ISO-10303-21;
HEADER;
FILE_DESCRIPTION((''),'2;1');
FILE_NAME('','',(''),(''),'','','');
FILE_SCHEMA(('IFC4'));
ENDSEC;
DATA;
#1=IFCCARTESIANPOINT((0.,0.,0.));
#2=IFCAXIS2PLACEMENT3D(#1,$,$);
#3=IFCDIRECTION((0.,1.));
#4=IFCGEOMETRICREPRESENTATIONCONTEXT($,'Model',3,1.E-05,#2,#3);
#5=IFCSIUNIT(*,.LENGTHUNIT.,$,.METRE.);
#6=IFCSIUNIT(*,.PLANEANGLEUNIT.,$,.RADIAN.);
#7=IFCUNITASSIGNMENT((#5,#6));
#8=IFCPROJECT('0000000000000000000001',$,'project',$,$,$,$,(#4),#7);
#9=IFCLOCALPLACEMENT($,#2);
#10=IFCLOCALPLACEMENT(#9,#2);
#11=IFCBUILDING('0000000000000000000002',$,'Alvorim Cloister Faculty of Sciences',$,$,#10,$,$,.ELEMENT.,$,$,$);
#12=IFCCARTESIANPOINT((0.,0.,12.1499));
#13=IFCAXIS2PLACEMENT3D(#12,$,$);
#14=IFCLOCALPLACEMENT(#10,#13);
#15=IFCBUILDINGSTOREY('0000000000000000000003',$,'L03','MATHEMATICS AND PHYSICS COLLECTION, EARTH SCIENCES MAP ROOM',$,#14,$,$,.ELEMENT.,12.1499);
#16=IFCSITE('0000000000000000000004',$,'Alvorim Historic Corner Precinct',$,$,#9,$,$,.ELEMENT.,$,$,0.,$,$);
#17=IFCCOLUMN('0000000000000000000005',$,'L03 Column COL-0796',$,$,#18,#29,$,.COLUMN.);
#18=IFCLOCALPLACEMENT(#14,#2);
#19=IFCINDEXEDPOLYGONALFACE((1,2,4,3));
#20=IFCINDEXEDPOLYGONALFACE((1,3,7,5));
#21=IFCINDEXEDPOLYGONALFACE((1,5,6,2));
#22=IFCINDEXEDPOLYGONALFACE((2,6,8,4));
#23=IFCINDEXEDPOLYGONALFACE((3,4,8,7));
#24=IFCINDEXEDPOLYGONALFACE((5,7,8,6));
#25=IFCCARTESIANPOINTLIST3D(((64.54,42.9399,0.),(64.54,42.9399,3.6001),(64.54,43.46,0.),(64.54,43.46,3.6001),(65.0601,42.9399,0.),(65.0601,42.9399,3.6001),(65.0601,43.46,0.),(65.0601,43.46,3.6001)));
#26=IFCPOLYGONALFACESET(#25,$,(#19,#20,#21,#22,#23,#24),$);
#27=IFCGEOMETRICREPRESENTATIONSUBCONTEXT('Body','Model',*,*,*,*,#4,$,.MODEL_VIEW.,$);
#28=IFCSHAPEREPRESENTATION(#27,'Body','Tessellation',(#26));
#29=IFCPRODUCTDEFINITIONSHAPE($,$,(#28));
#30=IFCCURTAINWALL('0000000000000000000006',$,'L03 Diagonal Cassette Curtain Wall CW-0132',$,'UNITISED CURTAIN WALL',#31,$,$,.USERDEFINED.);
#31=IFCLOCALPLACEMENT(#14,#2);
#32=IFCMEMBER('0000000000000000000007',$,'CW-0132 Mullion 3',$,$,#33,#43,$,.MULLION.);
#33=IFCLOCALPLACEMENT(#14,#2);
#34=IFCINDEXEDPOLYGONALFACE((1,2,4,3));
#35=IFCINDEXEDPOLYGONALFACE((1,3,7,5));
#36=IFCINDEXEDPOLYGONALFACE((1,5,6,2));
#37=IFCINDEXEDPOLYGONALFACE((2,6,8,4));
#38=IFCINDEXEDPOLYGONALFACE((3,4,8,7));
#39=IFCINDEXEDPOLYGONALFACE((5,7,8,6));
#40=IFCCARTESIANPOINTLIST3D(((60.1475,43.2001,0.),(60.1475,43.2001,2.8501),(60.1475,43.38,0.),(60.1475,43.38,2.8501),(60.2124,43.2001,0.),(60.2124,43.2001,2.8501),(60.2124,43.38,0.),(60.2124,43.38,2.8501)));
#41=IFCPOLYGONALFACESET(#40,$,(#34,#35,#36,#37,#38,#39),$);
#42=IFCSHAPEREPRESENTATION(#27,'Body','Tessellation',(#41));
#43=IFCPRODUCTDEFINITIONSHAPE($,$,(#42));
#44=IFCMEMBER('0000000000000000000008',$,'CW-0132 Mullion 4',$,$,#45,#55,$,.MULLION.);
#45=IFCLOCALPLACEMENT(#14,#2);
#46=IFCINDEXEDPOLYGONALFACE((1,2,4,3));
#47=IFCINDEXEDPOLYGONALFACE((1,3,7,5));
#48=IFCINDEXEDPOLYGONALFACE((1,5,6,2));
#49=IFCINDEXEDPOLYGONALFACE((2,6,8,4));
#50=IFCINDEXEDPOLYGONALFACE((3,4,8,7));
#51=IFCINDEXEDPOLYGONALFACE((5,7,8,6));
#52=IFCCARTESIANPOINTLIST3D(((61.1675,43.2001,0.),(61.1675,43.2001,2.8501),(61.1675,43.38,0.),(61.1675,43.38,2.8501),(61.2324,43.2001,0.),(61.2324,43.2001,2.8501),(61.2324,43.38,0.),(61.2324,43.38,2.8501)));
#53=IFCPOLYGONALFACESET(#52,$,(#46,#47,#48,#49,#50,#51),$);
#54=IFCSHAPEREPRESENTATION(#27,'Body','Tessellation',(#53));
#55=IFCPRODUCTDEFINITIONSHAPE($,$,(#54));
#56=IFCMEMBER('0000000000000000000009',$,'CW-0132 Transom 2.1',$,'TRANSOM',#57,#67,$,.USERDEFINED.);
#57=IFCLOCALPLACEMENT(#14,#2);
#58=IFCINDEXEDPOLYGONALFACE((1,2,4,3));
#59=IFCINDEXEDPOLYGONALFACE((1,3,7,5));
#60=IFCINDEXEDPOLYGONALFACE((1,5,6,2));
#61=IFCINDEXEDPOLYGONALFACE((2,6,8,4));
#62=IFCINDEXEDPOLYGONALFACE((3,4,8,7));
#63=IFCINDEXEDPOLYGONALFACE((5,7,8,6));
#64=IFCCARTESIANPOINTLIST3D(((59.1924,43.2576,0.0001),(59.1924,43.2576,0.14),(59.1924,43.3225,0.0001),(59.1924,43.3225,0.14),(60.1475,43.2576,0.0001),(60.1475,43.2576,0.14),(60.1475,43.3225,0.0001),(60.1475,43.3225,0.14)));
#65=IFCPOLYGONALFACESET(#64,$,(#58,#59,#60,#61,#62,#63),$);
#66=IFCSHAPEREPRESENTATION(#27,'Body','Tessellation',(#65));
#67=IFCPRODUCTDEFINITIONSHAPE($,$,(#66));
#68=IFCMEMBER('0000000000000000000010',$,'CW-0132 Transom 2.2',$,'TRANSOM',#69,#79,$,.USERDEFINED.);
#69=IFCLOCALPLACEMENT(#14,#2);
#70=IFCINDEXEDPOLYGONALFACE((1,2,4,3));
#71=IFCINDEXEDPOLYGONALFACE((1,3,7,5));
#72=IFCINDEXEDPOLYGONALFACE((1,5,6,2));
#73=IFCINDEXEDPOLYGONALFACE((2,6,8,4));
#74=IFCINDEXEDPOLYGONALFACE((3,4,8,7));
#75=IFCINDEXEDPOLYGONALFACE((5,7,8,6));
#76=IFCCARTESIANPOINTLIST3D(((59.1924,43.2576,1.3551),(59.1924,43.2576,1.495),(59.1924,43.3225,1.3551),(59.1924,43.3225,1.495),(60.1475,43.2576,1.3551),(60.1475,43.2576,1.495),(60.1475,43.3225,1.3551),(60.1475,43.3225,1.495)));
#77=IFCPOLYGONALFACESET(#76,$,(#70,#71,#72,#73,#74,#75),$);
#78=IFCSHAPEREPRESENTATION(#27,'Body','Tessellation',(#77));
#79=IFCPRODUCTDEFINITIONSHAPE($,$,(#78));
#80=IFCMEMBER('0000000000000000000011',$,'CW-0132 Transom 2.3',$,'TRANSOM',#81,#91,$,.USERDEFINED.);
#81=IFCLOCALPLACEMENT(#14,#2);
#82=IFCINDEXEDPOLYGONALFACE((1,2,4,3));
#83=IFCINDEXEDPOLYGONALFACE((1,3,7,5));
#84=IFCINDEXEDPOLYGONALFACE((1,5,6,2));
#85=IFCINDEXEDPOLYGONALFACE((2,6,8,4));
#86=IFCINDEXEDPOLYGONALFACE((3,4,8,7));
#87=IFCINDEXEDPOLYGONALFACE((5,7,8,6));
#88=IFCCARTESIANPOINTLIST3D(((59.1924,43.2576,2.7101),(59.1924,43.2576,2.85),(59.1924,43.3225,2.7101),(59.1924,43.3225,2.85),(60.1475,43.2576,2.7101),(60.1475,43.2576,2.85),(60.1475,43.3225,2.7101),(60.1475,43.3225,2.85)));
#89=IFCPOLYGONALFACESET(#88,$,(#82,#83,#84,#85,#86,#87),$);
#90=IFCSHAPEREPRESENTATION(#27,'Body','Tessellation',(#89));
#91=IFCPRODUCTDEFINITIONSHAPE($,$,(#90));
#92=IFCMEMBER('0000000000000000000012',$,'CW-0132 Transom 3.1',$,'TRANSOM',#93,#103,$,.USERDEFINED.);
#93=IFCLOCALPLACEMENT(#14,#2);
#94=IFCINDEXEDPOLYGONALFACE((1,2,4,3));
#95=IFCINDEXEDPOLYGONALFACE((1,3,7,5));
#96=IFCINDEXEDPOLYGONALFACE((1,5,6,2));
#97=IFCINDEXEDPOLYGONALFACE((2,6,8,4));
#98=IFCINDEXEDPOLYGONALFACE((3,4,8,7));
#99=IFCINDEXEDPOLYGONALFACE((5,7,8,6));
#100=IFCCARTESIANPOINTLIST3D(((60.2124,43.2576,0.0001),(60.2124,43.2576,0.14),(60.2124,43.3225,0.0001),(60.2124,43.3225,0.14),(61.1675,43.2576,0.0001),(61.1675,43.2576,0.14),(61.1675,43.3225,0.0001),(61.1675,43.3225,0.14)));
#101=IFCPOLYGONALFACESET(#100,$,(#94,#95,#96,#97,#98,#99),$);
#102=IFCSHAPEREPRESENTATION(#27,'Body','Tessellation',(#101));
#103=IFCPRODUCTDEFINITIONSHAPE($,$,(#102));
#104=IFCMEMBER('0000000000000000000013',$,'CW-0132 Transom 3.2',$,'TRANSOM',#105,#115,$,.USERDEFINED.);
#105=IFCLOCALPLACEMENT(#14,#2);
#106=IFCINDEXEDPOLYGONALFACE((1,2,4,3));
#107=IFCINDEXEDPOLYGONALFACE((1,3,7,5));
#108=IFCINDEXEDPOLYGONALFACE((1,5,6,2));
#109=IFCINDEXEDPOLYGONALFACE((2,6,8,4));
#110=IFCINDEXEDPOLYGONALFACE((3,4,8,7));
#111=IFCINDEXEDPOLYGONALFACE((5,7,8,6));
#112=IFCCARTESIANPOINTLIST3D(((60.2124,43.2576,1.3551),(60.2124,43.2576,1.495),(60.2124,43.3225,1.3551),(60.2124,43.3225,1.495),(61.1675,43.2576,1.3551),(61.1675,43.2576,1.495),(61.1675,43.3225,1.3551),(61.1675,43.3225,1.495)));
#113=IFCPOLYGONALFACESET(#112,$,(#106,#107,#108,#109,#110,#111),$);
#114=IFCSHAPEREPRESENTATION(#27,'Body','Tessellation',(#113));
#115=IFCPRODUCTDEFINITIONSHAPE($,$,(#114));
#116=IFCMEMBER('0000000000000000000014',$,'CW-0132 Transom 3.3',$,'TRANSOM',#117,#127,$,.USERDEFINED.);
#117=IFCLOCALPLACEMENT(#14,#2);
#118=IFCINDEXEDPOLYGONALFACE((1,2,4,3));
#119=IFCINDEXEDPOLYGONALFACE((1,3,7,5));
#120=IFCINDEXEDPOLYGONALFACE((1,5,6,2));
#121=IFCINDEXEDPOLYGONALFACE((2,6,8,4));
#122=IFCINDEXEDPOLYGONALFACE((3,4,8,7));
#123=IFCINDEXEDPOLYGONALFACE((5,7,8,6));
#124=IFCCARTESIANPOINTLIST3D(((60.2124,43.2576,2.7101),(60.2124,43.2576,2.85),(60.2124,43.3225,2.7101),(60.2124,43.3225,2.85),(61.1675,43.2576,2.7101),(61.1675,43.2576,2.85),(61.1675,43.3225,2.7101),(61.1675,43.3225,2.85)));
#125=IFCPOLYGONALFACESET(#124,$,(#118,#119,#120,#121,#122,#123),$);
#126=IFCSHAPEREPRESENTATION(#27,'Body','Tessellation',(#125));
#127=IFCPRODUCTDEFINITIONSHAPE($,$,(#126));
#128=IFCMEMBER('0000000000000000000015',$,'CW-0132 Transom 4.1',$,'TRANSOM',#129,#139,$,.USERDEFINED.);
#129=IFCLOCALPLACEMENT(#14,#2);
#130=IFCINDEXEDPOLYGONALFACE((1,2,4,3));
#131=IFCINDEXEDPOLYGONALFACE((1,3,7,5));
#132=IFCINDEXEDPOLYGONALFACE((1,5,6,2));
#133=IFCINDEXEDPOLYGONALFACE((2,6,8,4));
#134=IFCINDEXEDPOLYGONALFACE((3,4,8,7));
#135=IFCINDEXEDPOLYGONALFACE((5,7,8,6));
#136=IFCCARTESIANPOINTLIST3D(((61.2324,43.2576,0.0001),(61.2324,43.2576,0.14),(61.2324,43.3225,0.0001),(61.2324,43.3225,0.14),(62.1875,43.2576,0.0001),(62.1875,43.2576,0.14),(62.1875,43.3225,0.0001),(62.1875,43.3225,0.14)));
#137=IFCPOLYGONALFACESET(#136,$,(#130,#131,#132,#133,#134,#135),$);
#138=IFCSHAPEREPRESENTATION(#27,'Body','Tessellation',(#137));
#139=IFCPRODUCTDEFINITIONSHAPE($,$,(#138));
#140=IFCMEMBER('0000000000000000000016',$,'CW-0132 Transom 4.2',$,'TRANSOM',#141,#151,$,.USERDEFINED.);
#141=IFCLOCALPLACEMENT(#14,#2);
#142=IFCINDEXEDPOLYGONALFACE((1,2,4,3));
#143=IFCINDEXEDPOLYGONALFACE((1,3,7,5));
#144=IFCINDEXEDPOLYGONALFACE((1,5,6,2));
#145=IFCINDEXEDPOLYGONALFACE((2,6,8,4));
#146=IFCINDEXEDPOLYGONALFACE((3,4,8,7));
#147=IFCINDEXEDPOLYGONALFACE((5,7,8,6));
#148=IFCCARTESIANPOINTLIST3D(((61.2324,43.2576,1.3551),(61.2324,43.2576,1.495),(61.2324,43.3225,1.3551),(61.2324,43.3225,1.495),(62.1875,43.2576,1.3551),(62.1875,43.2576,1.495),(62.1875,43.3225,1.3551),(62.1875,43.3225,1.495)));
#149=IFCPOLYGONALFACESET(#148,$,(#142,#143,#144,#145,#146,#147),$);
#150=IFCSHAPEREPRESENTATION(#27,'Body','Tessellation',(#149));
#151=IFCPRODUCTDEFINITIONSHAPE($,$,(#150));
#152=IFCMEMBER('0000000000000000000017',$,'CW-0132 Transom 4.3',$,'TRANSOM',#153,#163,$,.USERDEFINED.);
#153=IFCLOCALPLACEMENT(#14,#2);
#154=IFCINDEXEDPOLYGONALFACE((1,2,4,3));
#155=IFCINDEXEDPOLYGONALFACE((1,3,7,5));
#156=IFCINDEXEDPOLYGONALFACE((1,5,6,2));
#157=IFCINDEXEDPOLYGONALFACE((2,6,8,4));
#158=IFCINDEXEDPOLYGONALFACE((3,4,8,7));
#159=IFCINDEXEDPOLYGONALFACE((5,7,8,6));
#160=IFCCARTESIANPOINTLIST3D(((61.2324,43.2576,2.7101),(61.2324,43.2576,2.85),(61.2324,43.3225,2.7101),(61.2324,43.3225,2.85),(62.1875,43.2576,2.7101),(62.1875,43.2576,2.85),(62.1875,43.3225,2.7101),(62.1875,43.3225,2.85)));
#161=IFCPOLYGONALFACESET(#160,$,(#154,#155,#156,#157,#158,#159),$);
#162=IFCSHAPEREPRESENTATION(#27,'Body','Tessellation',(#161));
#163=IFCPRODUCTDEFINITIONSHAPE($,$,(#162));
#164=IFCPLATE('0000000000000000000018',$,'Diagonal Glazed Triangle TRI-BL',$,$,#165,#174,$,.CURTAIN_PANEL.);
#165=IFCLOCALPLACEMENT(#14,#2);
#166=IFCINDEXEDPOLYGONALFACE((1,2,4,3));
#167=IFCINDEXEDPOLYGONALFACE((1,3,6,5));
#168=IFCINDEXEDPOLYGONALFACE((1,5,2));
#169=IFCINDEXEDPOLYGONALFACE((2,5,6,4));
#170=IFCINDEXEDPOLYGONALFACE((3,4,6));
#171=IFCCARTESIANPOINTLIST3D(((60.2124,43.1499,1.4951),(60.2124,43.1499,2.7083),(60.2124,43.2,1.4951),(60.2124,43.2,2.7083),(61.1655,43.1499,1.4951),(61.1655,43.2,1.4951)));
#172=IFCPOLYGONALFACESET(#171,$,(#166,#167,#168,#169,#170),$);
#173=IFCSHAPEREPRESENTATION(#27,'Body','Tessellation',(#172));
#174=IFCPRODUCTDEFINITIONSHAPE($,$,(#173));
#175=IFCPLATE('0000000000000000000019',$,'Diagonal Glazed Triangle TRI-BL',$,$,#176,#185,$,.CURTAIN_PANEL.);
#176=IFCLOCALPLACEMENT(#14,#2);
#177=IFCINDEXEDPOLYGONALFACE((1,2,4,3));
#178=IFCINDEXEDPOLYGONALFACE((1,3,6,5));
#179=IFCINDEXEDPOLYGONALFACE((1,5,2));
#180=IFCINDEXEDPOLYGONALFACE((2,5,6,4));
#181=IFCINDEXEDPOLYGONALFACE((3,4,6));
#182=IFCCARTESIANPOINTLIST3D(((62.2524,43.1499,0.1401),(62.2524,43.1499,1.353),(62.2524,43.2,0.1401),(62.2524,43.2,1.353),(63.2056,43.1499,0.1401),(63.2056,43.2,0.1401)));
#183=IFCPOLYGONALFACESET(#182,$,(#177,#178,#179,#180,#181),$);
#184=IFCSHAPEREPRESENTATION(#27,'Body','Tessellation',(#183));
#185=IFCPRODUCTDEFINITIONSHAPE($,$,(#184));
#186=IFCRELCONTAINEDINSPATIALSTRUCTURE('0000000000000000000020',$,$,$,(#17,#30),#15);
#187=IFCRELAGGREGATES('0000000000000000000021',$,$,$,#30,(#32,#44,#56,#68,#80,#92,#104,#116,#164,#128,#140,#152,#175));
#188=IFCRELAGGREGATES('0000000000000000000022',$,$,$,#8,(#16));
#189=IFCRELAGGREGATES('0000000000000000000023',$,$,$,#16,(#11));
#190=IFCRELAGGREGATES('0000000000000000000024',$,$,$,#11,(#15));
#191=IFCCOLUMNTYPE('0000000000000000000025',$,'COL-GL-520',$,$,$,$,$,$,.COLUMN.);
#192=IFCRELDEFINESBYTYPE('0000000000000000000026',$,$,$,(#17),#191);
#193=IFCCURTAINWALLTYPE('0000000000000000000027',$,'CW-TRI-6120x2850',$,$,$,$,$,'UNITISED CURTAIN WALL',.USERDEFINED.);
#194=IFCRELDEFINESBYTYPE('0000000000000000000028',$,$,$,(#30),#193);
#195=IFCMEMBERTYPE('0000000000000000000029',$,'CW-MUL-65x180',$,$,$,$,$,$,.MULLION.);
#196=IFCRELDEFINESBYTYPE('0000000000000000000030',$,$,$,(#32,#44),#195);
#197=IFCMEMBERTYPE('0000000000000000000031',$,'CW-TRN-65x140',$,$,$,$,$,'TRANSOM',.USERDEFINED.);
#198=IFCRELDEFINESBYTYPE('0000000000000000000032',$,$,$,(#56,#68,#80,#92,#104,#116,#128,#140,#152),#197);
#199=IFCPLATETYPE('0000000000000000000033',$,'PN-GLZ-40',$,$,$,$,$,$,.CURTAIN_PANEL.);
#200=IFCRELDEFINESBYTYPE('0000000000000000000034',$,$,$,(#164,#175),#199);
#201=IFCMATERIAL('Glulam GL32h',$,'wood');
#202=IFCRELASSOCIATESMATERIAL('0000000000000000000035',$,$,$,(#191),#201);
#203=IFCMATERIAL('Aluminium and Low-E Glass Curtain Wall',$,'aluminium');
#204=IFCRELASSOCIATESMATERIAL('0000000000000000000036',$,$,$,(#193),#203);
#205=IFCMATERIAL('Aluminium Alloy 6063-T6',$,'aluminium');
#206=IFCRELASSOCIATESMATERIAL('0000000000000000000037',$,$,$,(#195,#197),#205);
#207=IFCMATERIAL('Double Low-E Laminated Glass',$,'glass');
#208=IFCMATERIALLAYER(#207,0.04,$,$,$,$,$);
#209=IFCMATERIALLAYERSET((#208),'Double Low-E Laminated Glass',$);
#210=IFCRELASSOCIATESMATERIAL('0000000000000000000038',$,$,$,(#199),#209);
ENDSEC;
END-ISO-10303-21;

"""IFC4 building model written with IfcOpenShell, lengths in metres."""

from ifc_helpers import new_model, si_unit, direction, frame, origin, origin_2d, place, context, subcontext, project, spatial, polyline, rectangle, outline, extrude, material, layer, layer_set, material_profile, profile_set, type_object, element, aggregate, save


model = new_model("IFC4")

# Units and contexts
model_context = context("Model", 3, precision=1e-05, world=origin(), true_north=direction((0.0, 1.0)))
body_context = subcontext(model_context, "Body", "Model", "MODEL_VIEW")
ifc_project = project(units=[si_unit("LENGTHUNIT", "METRE"), si_unit("PLANEANGLEUNIT", "RADIAN")], contexts=[model_context])

# Site, building, storey
site_placement = place(None, origin())
site = spatial("IfcSite", under=ifc_project, at=site_placement, Name="Alvorim Historic Corner Precinct", CompositionType="ELEMENT", RefElevation=0.0)
building_placement = place(site_placement, origin())
building = spatial("IfcBuilding", under=site, at=building_placement, Name="Alvorim Cloister Faculty of Sciences", CompositionType="ELEMENT")
storey_placement = place(building_placement, frame((0.0, 0.0, 12.1499)))
storey = spatial("IfcBuildingStorey", under=building, at=storey_placement, Name="L03", Description="MATHEMATICS AND PHYSICS COLLECTION, EARTH SCIENCES MAP ROOM", CompositionType="ELEMENT", Elevation=12.1499)

# Column
ifc_material_1 = material(Name="Glulam GL32h", Category="wood")
ifc_material_profile_1 = material_profile(ifc_material_1, rectangle(XDim=0.52, YDim=0.52, at=origin_2d()), Name="GL32-COL-520x520")
ifc_profile_set_1 = profile_set([ifc_material_profile_1], Name="Glulam GL32h")
column_type = type_object("IfcColumnType", Name="COL-GL-520", PredefinedType="COLUMN", material=ifc_profile_set_1)
column_placement = place(storey_placement, frame((64.8, 43.2, 0.0), z_axis=(0.0, 0.0, 1.0), x_axis=(1.0, 0.0, 0.0)))
element("IfcColumn", 1, at=column_placement, inside=storey, type_object=column_type, Name="L03 Column COL-0796", PredefinedType="COLUMN", context=body_context, shape_type="SweptSolid", body=[
    extrude(rectangle(XDim=0.52, YDim=0.52, at=origin_2d()), origin(), (0.0, 0.0, 1.0), 3.6001),
])

# Curtain wall, members, plates
ifc_material_2 = material(Name="Aluminium and Low-E Glass Curtain Wall", Category="aluminium")
curtain_wall_type = type_object("IfcCurtainWallType", Name="CW-TRI-6120x2850", ElementType="UNITISED CURTAIN WALL", PredefinedType="USERDEFINED", material=ifc_material_2)
curtain_wall_placement = place(storey_placement, origin())
curtain_wall = element("IfcCurtainWall", 2, at=curtain_wall_placement, inside=storey, type_object=curtain_wall_type, Name="L03 Diagonal Cassette Curtain Wall CW-0132", ObjectType="UNITISED CURTAIN WALL", PredefinedType="USERDEFINED")
ifc_material_3 = material(Name="Aluminium Alloy 6063-T6", Category="aluminium")
ifc_material_profile_2 = material_profile(ifc_material_3, rectangle(XDim=0.0649, YDim=0.1799, at=origin_2d()), Name="ALU-MUL-65x180")
ifc_profile_set_2 = profile_set([ifc_material_profile_2], Name="Aluminium Alloy 6063-T6")
member_type_1 = type_object("IfcMemberType", Name="CW-MUL-65x180", PredefinedType="MULLION", material=ifc_profile_set_2)
member_1_placement = place(storey_placement, frame((60.1799, 43.29, 0.0), z_axis=(0.0, 0.0, 1.0), x_axis=(1.0, 0.0, 0.0)))
member_1 = element("IfcMember", 3, at=member_1_placement, type_object=member_type_1, Name="CW-0132 Mullion 3", PredefinedType="MULLION", context=body_context, shape_type="SweptSolid", body=[
    extrude(rectangle(XDim=0.0649, YDim=0.1799, at=origin_2d()), origin(), (0.0, 0.0, 1.0), 2.8501),
])
member_2_placement = place(storey_placement, frame((61.2, 43.29, 0.0), z_axis=(0.0, 0.0, 1.0), x_axis=(1.0, 0.0, 0.0)))
member_2 = element("IfcMember", 4, at=member_2_placement, type_object=member_type_1, Name="CW-0132 Mullion 4", PredefinedType="MULLION", context=body_context, shape_type="SweptSolid", body=[
    extrude(rectangle(XDim=0.0649, YDim=0.1799, at=origin_2d()), origin(), (0.0, 0.0, 1.0), 2.8501),
])
ifc_material_profile_3 = material_profile(ifc_material_3, rectangle(XDim=0.0649, YDim=0.1399, at=origin_2d()), Name="ALU-TRN-65x140")
ifc_profile_set_3 = profile_set([ifc_material_profile_3], Name="Aluminium Alloy 6063-T6")
member_type_2 = type_object("IfcMemberType", Name="CW-TRN-65x140", ElementType="TRANSOM", PredefinedType="USERDEFINED", material=ifc_profile_set_3)
member_3_placement = place(storey_placement, frame((59.1924, 43.29, 0.0701), z_axis=(1.0, 0.0, 0.0), x_axis=(0.0, 1.0, 0.0)))
member_3 = element("IfcMember", 5, at=member_3_placement, type_object=member_type_2, Name="CW-0132 Transom 2.1", ObjectType="TRANSOM", PredefinedType="USERDEFINED", context=body_context, shape_type="SweptSolid", body=[
    extrude(rectangle(XDim=0.0649, YDim=0.1399, at=origin_2d()), origin(), (0.0, 0.0, 1.0), 0.9551),
])
member_4_placement = place(storey_placement, frame((59.1924, 43.29, 1.425), z_axis=(1.0, 0.0, 0.0), x_axis=(0.0, 1.0, 0.0)))
member_4 = element("IfcMember", 6, at=member_4_placement, type_object=member_type_2, Name="CW-0132 Transom 2.2", ObjectType="TRANSOM", PredefinedType="USERDEFINED", context=body_context, shape_type="SweptSolid", body=[
    extrude(rectangle(XDim=0.0649, YDim=0.1399, at=origin_2d()), origin(), (0.0, 0.0, 1.0), 0.9551),
])
member_5_placement = place(storey_placement, frame((59.1924, 43.29, 2.78), z_axis=(1.0, 0.0, 0.0), x_axis=(0.0, 1.0, 0.0)))
member_5 = element("IfcMember", 7, at=member_5_placement, type_object=member_type_2, Name="CW-0132 Transom 2.3", ObjectType="TRANSOM", PredefinedType="USERDEFINED", context=body_context, shape_type="SweptSolid", body=[
    extrude(rectangle(XDim=0.0649, YDim=0.1399, at=origin_2d()), origin(), (0.0, 0.0, 1.0), 0.9551),
])
member_6_placement = place(storey_placement, frame((60.2124, 43.29, 0.0701), z_axis=(1.0, 0.0, 0.0), x_axis=(0.0, 1.0, 0.0)))
member_6 = element("IfcMember", 8, at=member_6_placement, type_object=member_type_2, Name="CW-0132 Transom 3.1", ObjectType="TRANSOM", PredefinedType="USERDEFINED", context=body_context, shape_type="SweptSolid", body=[
    extrude(rectangle(XDim=0.0649, YDim=0.1399, at=origin_2d()), origin(), (0.0, 0.0, 1.0), 0.9551),
])
member_7_placement = place(storey_placement, frame((60.2124, 43.29, 1.425), z_axis=(1.0, 0.0, 0.0), x_axis=(0.0, 1.0, 0.0)))
member_7 = element("IfcMember", 9, at=member_7_placement, type_object=member_type_2, Name="CW-0132 Transom 3.2", ObjectType="TRANSOM", PredefinedType="USERDEFINED", context=body_context, shape_type="SweptSolid", body=[
    extrude(rectangle(XDim=0.0649, YDim=0.1399, at=origin_2d()), origin(), (0.0, 0.0, 1.0), 0.9551),
])
member_8_placement = place(storey_placement, frame((60.2124, 43.29, 2.78), z_axis=(1.0, 0.0, 0.0), x_axis=(0.0, 1.0, 0.0)))
member_8 = element("IfcMember", 10, at=member_8_placement, type_object=member_type_2, Name="CW-0132 Transom 3.3", ObjectType="TRANSOM", PredefinedType="USERDEFINED", context=body_context, shape_type="SweptSolid", body=[
    extrude(rectangle(XDim=0.0649, YDim=0.1399, at=origin_2d()), origin(), (0.0, 0.0, 1.0), 0.9551),
])
member_9_placement = place(storey_placement, frame((61.2324, 43.29, 0.0701), z_axis=(1.0, 0.0, 0.0), x_axis=(0.0, 1.0, 0.0)))
member_9 = element("IfcMember", 11, at=member_9_placement, type_object=member_type_2, Name="CW-0132 Transom 4.1", ObjectType="TRANSOM", PredefinedType="USERDEFINED", context=body_context, shape_type="SweptSolid", body=[
    extrude(rectangle(XDim=0.0649, YDim=0.1399, at=origin_2d()), origin(), (0.0, 0.0, 1.0), 0.9551),
])
member_10_placement = place(storey_placement, frame((61.2324, 43.29, 1.425), z_axis=(1.0, 0.0, 0.0), x_axis=(0.0, 1.0, 0.0)))
member_10 = element("IfcMember", 12, at=member_10_placement, type_object=member_type_2, Name="CW-0132 Transom 4.2", ObjectType="TRANSOM", PredefinedType="USERDEFINED", context=body_context, shape_type="SweptSolid", body=[
    extrude(rectangle(XDim=0.0649, YDim=0.1399, at=origin_2d()), origin(), (0.0, 0.0, 1.0), 0.9551),
])
member_11_placement = place(storey_placement, frame((61.2324, 43.29, 2.78), z_axis=(1.0, 0.0, 0.0), x_axis=(0.0, 1.0, 0.0)))
member_11 = element("IfcMember", 13, at=member_11_placement, type_object=member_type_2, Name="CW-0132 Transom 4.3", ObjectType="TRANSOM", PredefinedType="USERDEFINED", context=body_context, shape_type="SweptSolid", body=[
    extrude(rectangle(XDim=0.0649, YDim=0.1399, at=origin_2d()), origin(), (0.0, 0.0, 1.0), 0.9551),
])
ifc_material_4 = material(Name="Double Low-E Laminated Glass", Category="glass")
ifc_layer = layer(ifc_material_4, 0.04)
ifc_layer_set = layer_set([ifc_layer], Name="Double Low-E Laminated Glass")
plate_type = type_object("IfcPlateType", Name="PN-GLZ-40", PredefinedType="CURTAIN_PANEL", material=ifc_layer_set)
plate_1_placement = place(storey_placement, frame((60.2124, 43.175, 1.4951), z_axis=(0.0, 0.0, 1.0), x_axis=(1.0, 0.0, 0.0)))
plate_1 = element("IfcPlate", 14, at=plate_1_placement, type_object=plate_type, Name="Diagonal Glazed Triangle TRI-BL", PredefinedType="CURTAIN_PANEL", context=body_context, shape_type="SweptSolid", body=[
    extrude(outline(polyline([(0.0, 0.0), (0.9531, 0.0), (0.0, 1.2131), (0.0, 0.0)])), frame((0.0, 0.0249, 0.0), z_axis=(0.0, -1.0, 0.0), x_axis=(1.0, 0.0, 0.0)), (0.0, 0.0, 1.0), 0.05),
])
plate_2_placement = place(storey_placement, frame((62.2524, 43.175, 0.1401), z_axis=(0.0, 0.0, 1.0), x_axis=(1.0, 0.0, 0.0)))
plate_2 = element("IfcPlate", 15, at=plate_2_placement, type_object=plate_type, Name="Diagonal Glazed Triangle TRI-BL", PredefinedType="CURTAIN_PANEL", context=body_context, shape_type="SweptSolid", body=[
    extrude(outline(polyline([(0.0, 0.0), (0.9531, 0.0), (0.0, 1.2129), (0.0, 0.0)])), frame((0.0, 0.0249, 0.0), z_axis=(0.0, -1.0, 0.0), x_axis=(1.0, 0.0, 0.0)), (0.0, 0.0, 1.0), 0.05),
])
aggregate(curtain_wall, [member_1, member_2, member_3, member_4, member_5, member_6, member_7, member_8, plate_1, member_9, member_10, member_11, plate_2])

save(model, "model.ifc")
